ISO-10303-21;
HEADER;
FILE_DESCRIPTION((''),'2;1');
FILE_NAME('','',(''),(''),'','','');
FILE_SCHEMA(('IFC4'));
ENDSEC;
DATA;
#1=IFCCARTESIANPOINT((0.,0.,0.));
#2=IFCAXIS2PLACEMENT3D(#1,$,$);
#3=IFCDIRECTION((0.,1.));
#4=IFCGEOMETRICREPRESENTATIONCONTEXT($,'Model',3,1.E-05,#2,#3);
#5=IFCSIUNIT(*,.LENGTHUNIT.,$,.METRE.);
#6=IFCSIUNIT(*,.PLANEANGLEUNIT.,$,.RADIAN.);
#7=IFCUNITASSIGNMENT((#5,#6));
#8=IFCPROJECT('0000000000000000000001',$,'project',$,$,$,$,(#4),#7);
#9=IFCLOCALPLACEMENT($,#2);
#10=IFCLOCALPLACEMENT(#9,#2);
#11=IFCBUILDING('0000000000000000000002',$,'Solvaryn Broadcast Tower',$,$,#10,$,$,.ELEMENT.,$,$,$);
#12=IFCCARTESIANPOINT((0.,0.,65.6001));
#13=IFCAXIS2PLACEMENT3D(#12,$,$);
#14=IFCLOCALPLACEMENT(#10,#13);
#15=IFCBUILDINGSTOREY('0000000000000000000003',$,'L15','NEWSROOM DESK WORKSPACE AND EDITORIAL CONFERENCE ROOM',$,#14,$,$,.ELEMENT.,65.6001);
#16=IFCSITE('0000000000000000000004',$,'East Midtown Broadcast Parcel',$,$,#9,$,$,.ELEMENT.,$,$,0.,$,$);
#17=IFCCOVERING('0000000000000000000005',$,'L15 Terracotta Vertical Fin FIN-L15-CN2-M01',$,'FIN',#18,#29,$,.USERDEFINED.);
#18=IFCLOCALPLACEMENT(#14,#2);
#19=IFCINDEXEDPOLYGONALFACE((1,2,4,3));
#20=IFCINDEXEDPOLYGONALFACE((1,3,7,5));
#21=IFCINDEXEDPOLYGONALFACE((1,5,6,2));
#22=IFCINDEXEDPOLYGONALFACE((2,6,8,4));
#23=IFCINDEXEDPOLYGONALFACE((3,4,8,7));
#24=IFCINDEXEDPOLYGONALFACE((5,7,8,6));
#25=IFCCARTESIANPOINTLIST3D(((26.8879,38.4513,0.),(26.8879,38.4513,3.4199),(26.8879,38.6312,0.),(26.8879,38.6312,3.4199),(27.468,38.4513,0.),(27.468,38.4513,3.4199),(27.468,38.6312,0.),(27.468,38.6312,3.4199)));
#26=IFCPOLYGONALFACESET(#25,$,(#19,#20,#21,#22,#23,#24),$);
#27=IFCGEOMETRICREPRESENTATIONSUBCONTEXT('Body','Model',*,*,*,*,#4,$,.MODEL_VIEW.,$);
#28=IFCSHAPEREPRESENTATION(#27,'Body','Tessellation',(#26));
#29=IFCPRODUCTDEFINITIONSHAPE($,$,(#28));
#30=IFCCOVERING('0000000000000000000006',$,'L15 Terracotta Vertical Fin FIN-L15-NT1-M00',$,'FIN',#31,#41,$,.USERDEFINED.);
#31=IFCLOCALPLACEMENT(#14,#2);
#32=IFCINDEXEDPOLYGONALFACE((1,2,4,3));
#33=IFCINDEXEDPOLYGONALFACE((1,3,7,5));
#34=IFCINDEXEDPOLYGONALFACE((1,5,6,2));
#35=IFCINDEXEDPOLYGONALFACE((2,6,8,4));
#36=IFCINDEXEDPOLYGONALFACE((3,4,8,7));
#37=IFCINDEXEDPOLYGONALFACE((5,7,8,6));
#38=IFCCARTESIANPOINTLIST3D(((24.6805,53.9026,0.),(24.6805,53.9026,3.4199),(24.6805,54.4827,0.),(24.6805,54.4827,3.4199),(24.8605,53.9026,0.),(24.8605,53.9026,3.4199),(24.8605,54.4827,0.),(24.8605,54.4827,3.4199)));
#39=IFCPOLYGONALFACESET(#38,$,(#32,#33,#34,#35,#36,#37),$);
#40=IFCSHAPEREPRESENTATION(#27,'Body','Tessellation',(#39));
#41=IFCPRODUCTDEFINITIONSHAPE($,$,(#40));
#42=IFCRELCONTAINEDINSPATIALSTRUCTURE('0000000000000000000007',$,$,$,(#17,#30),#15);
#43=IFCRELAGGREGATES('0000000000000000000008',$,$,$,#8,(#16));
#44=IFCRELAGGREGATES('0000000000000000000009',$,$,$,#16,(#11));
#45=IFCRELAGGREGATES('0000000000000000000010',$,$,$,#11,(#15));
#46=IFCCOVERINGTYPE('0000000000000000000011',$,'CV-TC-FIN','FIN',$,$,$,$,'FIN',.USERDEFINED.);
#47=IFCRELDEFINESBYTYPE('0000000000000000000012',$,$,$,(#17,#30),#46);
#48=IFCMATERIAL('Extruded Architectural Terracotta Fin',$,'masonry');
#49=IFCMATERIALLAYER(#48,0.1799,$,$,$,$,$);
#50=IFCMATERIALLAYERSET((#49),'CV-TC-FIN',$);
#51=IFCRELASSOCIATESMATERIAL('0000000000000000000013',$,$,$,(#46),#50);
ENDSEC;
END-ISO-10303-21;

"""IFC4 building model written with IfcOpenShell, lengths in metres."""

from ifc_helpers import new_model, si_unit, direction, frame, origin, origin_2d, place, context, subcontext, project, spatial, rectangle, extrude, material, layer, layer_set, type_object, element, save


model = new_model("IFC4")

# Units and contexts
model_context = context("Model", 3, precision=1e-05, world=origin(), true_north=direction((0.0, 1.0)))
body_context = subcontext(model_context, "Body", "Model", "MODEL_VIEW")
ifc_project = project(units=[si_unit("LENGTHUNIT", "METRE"), si_unit("PLANEANGLEUNIT", "RADIAN")], contexts=[model_context])

# Site, building, storey
site_placement = place(None, origin())
site = spatial("IfcSite", under=ifc_project, at=site_placement, Name="East Midtown Broadcast Parcel", CompositionType="ELEMENT", RefElevation=0.0)
building_placement = place(site_placement, origin())
building = spatial("IfcBuilding", under=site, at=building_placement, Name="Solvaryn Broadcast Tower", CompositionType="ELEMENT")
storey_placement = place(building_placement, frame((0.0, 0.0, 65.6001)))
storey = spatial("IfcBuildingStorey", under=building, at=storey_placement, Name="L15", Description="NEWSROOM DESK WORKSPACE AND EDITORIAL CONFERENCE ROOM", CompositionType="ELEMENT", Elevation=65.6001)

# Coverings
ifc_material_1 = material(Name="Extruded Architectural Terracotta Fin", Category="masonry")
ifc_layer_1 = layer(ifc_material_1, 0.1799)
ifc_layer_set_1 = layer_set([ifc_layer_1], Name="CV-TC-FIN")
covering_type = type_object("IfcCoveringType", Name="CV-TC-FIN", Description="FIN", ElementType="FIN", PredefinedType="USERDEFINED", material=ifc_layer_set_1)
for number, where, z_axis, x_axis, name in (
    (1, (27.178, 38.5413, 0.0), (0.0, 0.0, 1.0), (1.0, 0.0, 0.0), "L15 Terracotta Vertical Fin FIN-L15-CN2-M01"),
):
    element("IfcCovering", number, at=place(storey_placement, frame(where, z_axis=z_axis, x_axis=x_axis)), inside=storey, type_object=covering_type, Name=name, ObjectType="FIN", PredefinedType="USERDEFINED", context=body_context, shape_type="SweptSolid", body=[
        extrude(rectangle(XDim=0.5801, YDim=0.1799, at=origin_2d()), origin(), (0.0, 0.0, 1.0), 3.4199),
    ])
covering_1_placement = place(storey_placement, frame((24.7705, 54.1926, 0.0), z_axis=(0.0, 0.0, 1.0), x_axis=(1.0, 0.0, 0.0)))
element("IfcCovering", 2, at=covering_1_placement, inside=storey, type_object=covering_type, Name="L15 Terracotta Vertical Fin FIN-L15-NT1-M00", ObjectType="FIN", PredefinedType="USERDEFINED", context=body_context, shape_type="SweptSolid", body=[
    extrude(rectangle(XDim=0.1799, YDim=0.5801, at=origin_2d()), origin(), (0.0, 0.0, 1.0), 3.4199),
])

save(model, "model.ifc")
